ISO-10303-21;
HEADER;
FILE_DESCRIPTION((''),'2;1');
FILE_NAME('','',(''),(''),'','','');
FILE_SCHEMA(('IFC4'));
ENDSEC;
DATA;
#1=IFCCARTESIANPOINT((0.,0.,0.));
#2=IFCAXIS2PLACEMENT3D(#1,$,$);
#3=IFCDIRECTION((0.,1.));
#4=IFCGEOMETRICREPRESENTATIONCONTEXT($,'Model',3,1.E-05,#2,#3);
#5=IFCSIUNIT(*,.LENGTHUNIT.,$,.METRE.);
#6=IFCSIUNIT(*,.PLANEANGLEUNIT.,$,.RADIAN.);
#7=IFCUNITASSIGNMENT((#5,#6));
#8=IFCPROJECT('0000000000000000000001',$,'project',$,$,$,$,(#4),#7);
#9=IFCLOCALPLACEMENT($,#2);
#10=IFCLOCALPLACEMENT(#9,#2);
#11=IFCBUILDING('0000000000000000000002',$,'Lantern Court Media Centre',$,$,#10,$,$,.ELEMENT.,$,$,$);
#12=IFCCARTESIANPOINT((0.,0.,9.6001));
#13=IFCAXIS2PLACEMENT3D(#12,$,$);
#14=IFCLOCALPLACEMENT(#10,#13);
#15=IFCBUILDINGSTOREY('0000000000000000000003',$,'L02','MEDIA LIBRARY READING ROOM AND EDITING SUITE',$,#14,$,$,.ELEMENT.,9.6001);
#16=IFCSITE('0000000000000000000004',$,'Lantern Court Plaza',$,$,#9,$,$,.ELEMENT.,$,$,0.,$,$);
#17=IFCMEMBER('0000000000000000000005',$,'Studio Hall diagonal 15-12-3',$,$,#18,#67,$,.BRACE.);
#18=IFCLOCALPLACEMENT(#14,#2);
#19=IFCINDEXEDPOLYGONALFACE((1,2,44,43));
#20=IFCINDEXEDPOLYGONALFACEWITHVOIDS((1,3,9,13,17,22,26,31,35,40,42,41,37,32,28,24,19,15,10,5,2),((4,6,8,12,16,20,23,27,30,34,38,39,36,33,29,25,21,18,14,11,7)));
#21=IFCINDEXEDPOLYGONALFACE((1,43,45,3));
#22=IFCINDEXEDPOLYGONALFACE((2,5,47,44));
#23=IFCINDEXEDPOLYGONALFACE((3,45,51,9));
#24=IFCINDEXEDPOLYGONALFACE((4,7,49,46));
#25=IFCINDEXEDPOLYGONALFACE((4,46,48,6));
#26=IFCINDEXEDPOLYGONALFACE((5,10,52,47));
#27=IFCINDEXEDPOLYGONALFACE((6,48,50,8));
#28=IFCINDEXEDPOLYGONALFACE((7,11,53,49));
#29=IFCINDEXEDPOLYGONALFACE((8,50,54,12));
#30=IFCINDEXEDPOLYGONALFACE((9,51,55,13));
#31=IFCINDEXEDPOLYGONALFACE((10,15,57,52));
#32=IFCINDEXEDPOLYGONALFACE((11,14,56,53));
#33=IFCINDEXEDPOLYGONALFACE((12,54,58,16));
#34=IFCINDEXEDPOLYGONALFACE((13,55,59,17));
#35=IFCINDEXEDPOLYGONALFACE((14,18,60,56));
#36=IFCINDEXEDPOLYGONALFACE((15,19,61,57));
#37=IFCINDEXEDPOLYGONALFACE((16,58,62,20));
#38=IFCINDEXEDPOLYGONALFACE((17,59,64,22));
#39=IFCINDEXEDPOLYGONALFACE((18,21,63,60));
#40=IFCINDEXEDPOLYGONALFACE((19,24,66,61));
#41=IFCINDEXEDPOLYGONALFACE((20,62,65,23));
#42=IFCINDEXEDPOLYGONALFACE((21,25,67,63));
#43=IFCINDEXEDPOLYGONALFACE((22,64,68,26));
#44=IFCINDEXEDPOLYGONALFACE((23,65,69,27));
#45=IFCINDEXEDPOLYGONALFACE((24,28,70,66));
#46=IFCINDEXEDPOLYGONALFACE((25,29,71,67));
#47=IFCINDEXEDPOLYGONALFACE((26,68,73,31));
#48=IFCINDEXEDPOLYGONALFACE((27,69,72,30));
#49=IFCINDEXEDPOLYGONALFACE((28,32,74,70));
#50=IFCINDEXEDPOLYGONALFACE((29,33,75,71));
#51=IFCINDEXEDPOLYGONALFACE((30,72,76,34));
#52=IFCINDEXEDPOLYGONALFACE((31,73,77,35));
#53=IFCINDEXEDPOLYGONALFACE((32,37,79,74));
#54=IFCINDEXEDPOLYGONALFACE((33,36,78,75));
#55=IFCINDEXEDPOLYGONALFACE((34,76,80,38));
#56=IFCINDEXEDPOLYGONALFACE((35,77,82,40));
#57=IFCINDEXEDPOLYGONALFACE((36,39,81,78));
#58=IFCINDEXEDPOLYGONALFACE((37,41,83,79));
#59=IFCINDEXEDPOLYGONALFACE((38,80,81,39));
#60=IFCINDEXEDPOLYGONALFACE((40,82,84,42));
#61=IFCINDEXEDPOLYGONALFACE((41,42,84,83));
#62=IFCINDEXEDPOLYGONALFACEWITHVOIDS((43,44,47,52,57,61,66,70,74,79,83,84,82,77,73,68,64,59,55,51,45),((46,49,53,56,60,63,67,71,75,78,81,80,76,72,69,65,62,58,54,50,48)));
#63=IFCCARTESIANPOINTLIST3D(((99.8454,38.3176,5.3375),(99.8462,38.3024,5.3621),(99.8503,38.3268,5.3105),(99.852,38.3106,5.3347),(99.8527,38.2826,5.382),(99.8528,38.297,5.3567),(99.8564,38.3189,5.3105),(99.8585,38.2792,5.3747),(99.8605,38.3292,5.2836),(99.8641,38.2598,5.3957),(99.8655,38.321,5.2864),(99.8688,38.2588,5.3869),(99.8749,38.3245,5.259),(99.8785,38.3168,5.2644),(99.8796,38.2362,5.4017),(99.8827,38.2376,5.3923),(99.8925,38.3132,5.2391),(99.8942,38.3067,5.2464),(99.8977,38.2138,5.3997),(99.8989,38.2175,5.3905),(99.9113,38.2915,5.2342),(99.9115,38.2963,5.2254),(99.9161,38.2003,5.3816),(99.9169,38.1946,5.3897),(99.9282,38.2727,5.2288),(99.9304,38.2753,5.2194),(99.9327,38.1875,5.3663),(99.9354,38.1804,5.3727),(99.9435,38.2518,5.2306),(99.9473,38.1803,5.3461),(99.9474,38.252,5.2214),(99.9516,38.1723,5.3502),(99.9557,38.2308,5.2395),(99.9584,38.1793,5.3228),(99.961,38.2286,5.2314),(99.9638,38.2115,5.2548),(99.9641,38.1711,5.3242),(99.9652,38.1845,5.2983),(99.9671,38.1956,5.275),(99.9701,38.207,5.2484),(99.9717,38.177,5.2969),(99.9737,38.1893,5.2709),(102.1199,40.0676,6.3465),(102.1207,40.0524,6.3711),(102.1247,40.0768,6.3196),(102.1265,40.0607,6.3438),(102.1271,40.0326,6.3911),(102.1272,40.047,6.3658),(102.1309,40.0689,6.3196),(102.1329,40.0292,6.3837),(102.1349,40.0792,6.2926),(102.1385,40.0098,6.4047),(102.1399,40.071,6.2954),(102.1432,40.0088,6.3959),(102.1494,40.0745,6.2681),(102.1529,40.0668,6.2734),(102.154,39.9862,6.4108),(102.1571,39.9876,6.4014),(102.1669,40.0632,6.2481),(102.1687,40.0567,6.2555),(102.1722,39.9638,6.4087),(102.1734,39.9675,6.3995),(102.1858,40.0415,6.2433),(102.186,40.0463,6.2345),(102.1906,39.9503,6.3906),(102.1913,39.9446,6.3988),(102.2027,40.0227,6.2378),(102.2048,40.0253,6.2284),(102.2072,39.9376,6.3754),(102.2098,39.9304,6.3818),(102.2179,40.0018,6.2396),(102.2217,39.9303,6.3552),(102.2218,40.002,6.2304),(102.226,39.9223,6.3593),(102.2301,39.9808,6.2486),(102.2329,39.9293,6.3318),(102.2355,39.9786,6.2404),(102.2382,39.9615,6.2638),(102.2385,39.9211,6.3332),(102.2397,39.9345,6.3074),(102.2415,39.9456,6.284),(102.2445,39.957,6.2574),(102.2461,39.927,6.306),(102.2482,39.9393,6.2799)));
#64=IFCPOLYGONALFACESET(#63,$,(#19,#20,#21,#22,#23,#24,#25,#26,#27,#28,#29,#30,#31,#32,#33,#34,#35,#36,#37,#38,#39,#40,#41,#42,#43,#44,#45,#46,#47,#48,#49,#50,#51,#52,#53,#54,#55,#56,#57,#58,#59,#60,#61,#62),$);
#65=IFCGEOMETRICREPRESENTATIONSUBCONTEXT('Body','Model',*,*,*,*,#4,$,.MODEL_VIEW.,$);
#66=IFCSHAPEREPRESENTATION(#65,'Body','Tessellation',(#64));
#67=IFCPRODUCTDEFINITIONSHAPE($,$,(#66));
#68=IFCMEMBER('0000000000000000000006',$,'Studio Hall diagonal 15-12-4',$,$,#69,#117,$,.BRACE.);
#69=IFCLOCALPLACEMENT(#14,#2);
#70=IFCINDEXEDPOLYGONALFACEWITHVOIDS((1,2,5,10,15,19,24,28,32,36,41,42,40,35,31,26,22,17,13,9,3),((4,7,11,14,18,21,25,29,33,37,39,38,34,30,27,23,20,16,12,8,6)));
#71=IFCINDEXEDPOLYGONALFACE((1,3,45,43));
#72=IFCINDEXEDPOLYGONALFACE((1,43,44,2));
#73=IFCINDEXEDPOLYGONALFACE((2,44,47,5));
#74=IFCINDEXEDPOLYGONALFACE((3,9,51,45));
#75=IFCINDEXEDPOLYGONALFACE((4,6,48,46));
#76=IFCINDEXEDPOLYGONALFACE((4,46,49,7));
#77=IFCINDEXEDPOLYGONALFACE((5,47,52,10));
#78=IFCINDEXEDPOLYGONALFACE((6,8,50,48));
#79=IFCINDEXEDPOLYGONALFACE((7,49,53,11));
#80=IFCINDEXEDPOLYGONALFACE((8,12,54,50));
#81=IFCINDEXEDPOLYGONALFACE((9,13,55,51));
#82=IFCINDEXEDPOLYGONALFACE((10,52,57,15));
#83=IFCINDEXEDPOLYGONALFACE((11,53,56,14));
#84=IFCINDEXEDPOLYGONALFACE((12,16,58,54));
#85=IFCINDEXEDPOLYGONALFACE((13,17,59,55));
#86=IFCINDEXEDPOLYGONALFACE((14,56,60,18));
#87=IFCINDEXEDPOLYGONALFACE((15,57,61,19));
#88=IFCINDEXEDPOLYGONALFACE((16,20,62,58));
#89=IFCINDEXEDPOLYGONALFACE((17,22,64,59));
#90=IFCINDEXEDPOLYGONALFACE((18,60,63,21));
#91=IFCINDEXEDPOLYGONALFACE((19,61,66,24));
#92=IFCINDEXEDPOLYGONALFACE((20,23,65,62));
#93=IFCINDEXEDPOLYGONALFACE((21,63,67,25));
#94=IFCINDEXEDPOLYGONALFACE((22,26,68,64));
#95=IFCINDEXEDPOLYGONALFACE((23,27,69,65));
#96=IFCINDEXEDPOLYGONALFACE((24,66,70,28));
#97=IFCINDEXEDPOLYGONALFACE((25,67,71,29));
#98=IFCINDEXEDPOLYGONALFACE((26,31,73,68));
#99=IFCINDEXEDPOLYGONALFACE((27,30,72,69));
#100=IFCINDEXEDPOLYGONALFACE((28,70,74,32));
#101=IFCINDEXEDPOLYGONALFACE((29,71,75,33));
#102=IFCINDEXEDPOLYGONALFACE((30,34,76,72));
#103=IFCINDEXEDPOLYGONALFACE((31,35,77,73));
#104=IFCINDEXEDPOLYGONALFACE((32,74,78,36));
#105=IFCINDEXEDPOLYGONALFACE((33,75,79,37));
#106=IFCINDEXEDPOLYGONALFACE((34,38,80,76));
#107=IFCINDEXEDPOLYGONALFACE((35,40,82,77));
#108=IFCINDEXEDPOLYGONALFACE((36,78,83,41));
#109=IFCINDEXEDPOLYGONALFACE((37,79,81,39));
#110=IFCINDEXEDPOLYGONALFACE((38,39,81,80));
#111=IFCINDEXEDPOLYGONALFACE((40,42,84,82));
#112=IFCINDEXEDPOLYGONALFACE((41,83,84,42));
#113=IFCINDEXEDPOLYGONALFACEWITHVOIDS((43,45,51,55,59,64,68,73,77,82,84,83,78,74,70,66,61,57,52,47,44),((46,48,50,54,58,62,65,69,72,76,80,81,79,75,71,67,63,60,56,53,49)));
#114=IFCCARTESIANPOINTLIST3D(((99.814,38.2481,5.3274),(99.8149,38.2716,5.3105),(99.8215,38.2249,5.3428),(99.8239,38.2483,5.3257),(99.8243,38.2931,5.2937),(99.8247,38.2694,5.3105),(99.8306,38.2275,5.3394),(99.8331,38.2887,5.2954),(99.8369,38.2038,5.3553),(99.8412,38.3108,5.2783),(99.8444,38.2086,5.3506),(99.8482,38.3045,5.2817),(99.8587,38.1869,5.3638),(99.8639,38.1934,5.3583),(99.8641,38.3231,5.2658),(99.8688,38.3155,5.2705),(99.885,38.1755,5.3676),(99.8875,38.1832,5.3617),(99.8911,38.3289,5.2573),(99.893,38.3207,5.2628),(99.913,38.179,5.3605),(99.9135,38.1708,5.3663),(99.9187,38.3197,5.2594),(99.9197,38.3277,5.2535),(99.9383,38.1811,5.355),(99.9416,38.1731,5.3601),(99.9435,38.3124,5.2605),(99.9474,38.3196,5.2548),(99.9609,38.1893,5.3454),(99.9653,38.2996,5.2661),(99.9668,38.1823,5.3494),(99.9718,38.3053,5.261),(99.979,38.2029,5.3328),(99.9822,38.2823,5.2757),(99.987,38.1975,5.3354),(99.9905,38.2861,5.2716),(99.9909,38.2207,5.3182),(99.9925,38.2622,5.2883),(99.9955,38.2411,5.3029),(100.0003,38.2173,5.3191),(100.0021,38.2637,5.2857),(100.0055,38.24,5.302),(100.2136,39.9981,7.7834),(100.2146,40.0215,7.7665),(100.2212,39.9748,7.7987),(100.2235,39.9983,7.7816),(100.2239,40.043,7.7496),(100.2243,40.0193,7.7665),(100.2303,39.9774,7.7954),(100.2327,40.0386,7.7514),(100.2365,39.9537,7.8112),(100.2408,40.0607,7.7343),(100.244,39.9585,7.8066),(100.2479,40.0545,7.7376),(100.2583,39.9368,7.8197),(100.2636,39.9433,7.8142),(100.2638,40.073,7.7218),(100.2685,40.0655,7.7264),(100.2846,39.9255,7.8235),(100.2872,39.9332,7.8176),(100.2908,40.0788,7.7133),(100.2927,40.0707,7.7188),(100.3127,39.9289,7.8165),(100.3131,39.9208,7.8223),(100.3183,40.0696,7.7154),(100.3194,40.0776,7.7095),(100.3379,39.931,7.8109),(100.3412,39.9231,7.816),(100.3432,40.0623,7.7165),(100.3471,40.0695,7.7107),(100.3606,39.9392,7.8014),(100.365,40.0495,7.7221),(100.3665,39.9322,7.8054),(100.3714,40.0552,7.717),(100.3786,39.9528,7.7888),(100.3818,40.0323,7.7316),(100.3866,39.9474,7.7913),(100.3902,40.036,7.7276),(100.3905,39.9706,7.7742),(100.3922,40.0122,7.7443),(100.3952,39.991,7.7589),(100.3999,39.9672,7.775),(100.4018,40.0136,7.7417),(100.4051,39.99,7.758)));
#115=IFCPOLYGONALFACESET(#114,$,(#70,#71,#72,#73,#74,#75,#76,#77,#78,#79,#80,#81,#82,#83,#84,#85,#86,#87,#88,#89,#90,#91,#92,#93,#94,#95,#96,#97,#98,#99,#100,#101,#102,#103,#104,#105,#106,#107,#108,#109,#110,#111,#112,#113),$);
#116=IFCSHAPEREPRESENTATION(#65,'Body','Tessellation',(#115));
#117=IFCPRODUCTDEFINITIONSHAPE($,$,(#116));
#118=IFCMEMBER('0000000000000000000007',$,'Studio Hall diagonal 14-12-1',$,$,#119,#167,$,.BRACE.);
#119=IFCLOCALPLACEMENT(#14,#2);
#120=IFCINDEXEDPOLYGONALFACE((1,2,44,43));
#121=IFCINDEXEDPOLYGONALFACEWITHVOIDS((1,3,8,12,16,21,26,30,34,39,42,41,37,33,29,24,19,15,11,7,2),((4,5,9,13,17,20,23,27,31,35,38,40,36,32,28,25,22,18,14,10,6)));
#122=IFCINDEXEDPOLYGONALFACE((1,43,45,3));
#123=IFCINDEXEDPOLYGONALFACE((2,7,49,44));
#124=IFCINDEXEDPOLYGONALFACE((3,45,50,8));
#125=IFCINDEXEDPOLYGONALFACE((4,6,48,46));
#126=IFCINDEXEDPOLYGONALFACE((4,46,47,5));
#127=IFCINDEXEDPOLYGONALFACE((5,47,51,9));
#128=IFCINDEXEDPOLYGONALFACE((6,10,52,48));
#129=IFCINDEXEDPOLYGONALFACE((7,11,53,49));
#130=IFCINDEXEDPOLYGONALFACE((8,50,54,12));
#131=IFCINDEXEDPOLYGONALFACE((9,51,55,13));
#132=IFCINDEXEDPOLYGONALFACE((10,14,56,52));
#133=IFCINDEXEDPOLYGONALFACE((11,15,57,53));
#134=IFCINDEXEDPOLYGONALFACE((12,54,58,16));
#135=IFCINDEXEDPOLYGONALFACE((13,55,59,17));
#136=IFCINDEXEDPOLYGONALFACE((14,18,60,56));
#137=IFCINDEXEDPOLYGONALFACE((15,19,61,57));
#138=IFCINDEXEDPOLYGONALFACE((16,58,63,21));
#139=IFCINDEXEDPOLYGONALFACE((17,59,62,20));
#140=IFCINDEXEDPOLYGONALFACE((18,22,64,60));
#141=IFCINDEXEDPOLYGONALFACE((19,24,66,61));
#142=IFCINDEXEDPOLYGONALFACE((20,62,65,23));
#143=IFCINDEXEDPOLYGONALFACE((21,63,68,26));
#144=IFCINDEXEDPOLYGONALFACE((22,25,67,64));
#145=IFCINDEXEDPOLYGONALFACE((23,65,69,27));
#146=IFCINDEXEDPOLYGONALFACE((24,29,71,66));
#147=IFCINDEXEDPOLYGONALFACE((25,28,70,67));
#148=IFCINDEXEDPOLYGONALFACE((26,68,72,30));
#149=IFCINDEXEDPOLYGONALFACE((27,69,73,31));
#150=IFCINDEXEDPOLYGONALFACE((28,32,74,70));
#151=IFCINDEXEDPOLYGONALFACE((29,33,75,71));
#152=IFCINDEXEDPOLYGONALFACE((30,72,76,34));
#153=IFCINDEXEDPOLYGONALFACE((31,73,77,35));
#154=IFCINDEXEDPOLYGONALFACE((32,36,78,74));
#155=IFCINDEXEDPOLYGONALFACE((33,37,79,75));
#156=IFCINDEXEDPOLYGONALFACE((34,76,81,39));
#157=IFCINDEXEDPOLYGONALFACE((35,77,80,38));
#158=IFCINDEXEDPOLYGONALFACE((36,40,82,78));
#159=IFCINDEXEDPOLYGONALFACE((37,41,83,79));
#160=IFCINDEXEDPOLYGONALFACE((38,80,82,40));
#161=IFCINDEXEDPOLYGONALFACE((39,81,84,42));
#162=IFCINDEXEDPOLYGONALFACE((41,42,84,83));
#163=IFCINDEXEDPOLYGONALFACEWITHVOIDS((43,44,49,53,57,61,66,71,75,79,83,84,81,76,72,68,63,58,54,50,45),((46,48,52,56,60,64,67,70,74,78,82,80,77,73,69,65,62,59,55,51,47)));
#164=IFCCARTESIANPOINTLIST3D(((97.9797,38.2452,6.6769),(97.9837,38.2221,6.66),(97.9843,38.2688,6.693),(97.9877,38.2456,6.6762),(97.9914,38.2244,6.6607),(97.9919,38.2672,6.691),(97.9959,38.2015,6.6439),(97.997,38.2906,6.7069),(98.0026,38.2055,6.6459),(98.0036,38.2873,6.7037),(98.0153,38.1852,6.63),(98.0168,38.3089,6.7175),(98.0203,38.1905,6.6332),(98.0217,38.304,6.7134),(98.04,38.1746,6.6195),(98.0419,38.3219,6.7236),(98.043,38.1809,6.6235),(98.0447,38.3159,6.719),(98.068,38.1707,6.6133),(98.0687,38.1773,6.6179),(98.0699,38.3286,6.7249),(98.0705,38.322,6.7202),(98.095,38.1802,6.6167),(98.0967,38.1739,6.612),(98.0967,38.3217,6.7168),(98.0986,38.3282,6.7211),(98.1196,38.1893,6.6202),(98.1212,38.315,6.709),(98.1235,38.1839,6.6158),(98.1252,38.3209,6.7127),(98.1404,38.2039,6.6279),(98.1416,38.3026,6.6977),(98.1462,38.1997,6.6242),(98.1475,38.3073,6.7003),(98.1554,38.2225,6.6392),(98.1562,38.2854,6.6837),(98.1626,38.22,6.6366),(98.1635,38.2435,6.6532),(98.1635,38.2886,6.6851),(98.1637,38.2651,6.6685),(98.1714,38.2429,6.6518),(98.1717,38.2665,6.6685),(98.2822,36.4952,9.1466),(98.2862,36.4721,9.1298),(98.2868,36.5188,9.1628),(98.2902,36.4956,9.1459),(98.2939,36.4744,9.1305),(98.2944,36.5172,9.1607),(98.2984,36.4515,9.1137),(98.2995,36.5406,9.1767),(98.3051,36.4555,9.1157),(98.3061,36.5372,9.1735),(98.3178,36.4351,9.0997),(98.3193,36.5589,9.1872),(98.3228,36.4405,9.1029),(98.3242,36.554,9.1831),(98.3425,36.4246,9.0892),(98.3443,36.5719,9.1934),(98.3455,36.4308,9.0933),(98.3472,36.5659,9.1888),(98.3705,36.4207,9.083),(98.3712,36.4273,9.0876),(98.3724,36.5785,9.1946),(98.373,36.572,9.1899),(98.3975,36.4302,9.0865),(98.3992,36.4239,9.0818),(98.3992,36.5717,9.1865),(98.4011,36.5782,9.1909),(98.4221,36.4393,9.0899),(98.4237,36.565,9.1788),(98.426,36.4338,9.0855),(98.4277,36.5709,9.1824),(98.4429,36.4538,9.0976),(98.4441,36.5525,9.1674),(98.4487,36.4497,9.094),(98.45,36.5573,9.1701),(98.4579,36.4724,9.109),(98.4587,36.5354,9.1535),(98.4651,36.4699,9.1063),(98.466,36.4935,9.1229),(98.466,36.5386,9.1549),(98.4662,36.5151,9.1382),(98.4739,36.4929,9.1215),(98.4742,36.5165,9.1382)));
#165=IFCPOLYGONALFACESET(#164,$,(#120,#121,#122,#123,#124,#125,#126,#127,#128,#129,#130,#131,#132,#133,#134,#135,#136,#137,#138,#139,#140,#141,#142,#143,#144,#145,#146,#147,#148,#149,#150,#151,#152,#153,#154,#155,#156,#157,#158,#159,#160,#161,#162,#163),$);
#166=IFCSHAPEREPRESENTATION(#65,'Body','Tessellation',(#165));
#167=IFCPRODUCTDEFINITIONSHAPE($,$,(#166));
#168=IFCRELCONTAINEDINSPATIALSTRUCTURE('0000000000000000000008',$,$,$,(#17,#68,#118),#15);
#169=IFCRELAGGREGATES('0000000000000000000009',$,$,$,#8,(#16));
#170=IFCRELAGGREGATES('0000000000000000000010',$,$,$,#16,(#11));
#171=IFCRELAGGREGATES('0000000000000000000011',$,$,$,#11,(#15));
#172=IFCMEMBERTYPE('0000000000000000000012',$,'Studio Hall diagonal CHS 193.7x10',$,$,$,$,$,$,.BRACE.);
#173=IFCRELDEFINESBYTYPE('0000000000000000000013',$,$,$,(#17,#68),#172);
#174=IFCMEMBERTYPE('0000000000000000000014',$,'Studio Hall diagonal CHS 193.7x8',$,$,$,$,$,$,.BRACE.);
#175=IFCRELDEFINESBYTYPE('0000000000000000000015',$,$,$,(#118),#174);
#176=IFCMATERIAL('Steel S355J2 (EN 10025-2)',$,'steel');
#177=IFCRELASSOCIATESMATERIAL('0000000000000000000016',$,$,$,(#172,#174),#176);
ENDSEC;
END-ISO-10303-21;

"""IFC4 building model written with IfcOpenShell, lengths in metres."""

from ifc_helpers import new_model, si_unit, direction, frame, origin, origin_2d, place, context, subcontext, project, spatial, hollow_circle, extrude, material, material_profile, profile_set, type_object, element, save


model = new_model("IFC4")

# Units and contexts
model_context = context("Model", 3, precision=1e-05, world=origin(), true_north=direction((0.0, 1.0)))
body_context = subcontext(model_context, "Body", "Model", "MODEL_VIEW")
ifc_project = project(units=[si_unit("LENGTHUNIT", "METRE"), si_unit("PLANEANGLEUNIT", "RADIAN")], contexts=[model_context])

# Site, building, storey
site_placement = place(None, origin())
site = spatial("IfcSite", under=ifc_project, at=site_placement, Name="Lantern Court Plaza", CompositionType="ELEMENT", RefElevation=0.0)
building_placement = place(site_placement, origin())
building = spatial("IfcBuilding", under=site, at=building_placement, Name="Lantern Court Media Centre", CompositionType="ELEMENT")
storey_placement = place(building_placement, frame((0.0, 0.0, 9.6001)))
storey = spatial("IfcBuildingStorey", under=building, at=storey_placement, Name="L02", Description="MEDIA LIBRARY READING ROOM AND EDITING SUITE", CompositionType="ELEMENT", Elevation=9.6001)

# Members
ifc_material = material(Name="Steel S355J2 (EN 10025-2)", Category="steel")
ifc_material_profile_1 = material_profile(ifc_material, hollow_circle(Radius=0.0969, WallThickness=0.01, at=origin_2d()), Name="Studio Hall diagonal CHS 193.7x10")
ifc_profile_set_1 = profile_set([ifc_material_profile_1], Name="Steel S355J2 (EN 10025-2)")
member_type_1 = type_object("IfcMemberType", Name="Studio Hall diagonal CHS 193.7x10", PredefinedType="BRACE", material=ifc_profile_set_1)
for number, where, z_axis, x_axis, name in (
    (1, (99.9094, 38.25, 5.3105), (0.747677, 0.575284, 0.331703), (-0.609809, 0.792548, 0.0), "Studio Hall diagonal 15-12-3"),
    (2, (99.9094, 38.25, 5.3105), (0.131375, 0.575259, 0.807352), (-0.9749, 0.222644, 0.0), "Studio Hall diagonal 15-12-4"),
):
    element("IfcMember", number, at=place(storey_placement, frame(where, z_axis=z_axis, x_axis=x_axis)), inside=storey, type_object=member_type_1, Name=name, PredefinedType="BRACE", context=body_context, shape_type="SweptSolid", body=[
        extrude(hollow_circle(Radius=0.0969, WallThickness=0.01, at=origin_2d()), origin(), (0.0, 0.0, 1.0), 3.042),
    ])
ifc_material_profile_2 = material_profile(ifc_material, hollow_circle(Radius=0.0969, WallThickness=0.0081, at=origin_2d()), Name="Studio Hall diagonal CHS 193.7x8")
ifc_profile_set_2 = profile_set([ifc_material_profile_2], Name="Steel S355J2 (EN 10025-2)")
member_type_2 = type_object("IfcMemberType", Name="Studio Hall diagonal CHS 193.7x8", PredefinedType="BRACE", material=ifc_profile_set_2)
for number, where, z_axis, x_axis, name in (
    (3, (98.0762, 38.25, 6.6685), (0.099439, -0.575286, 0.811885), (0.985388, 0.170326, 0.0), "Studio Hall diagonal 14-12-1"),
):
    element("IfcMember", number, at=place(storey_placement, frame(where, z_axis=z_axis, x_axis=x_axis)), inside=storey, type_object=member_type_2, Name=name, PredefinedType="BRACE", context=body_context, shape_type="SweptSolid", body=[
        extrude(hollow_circle(Radius=0.0969, WallThickness=0.0081, at=origin_2d()), origin(), (0.0, 0.0, 1.0), 3.042),
    ])

save(model, "model.ifc")
